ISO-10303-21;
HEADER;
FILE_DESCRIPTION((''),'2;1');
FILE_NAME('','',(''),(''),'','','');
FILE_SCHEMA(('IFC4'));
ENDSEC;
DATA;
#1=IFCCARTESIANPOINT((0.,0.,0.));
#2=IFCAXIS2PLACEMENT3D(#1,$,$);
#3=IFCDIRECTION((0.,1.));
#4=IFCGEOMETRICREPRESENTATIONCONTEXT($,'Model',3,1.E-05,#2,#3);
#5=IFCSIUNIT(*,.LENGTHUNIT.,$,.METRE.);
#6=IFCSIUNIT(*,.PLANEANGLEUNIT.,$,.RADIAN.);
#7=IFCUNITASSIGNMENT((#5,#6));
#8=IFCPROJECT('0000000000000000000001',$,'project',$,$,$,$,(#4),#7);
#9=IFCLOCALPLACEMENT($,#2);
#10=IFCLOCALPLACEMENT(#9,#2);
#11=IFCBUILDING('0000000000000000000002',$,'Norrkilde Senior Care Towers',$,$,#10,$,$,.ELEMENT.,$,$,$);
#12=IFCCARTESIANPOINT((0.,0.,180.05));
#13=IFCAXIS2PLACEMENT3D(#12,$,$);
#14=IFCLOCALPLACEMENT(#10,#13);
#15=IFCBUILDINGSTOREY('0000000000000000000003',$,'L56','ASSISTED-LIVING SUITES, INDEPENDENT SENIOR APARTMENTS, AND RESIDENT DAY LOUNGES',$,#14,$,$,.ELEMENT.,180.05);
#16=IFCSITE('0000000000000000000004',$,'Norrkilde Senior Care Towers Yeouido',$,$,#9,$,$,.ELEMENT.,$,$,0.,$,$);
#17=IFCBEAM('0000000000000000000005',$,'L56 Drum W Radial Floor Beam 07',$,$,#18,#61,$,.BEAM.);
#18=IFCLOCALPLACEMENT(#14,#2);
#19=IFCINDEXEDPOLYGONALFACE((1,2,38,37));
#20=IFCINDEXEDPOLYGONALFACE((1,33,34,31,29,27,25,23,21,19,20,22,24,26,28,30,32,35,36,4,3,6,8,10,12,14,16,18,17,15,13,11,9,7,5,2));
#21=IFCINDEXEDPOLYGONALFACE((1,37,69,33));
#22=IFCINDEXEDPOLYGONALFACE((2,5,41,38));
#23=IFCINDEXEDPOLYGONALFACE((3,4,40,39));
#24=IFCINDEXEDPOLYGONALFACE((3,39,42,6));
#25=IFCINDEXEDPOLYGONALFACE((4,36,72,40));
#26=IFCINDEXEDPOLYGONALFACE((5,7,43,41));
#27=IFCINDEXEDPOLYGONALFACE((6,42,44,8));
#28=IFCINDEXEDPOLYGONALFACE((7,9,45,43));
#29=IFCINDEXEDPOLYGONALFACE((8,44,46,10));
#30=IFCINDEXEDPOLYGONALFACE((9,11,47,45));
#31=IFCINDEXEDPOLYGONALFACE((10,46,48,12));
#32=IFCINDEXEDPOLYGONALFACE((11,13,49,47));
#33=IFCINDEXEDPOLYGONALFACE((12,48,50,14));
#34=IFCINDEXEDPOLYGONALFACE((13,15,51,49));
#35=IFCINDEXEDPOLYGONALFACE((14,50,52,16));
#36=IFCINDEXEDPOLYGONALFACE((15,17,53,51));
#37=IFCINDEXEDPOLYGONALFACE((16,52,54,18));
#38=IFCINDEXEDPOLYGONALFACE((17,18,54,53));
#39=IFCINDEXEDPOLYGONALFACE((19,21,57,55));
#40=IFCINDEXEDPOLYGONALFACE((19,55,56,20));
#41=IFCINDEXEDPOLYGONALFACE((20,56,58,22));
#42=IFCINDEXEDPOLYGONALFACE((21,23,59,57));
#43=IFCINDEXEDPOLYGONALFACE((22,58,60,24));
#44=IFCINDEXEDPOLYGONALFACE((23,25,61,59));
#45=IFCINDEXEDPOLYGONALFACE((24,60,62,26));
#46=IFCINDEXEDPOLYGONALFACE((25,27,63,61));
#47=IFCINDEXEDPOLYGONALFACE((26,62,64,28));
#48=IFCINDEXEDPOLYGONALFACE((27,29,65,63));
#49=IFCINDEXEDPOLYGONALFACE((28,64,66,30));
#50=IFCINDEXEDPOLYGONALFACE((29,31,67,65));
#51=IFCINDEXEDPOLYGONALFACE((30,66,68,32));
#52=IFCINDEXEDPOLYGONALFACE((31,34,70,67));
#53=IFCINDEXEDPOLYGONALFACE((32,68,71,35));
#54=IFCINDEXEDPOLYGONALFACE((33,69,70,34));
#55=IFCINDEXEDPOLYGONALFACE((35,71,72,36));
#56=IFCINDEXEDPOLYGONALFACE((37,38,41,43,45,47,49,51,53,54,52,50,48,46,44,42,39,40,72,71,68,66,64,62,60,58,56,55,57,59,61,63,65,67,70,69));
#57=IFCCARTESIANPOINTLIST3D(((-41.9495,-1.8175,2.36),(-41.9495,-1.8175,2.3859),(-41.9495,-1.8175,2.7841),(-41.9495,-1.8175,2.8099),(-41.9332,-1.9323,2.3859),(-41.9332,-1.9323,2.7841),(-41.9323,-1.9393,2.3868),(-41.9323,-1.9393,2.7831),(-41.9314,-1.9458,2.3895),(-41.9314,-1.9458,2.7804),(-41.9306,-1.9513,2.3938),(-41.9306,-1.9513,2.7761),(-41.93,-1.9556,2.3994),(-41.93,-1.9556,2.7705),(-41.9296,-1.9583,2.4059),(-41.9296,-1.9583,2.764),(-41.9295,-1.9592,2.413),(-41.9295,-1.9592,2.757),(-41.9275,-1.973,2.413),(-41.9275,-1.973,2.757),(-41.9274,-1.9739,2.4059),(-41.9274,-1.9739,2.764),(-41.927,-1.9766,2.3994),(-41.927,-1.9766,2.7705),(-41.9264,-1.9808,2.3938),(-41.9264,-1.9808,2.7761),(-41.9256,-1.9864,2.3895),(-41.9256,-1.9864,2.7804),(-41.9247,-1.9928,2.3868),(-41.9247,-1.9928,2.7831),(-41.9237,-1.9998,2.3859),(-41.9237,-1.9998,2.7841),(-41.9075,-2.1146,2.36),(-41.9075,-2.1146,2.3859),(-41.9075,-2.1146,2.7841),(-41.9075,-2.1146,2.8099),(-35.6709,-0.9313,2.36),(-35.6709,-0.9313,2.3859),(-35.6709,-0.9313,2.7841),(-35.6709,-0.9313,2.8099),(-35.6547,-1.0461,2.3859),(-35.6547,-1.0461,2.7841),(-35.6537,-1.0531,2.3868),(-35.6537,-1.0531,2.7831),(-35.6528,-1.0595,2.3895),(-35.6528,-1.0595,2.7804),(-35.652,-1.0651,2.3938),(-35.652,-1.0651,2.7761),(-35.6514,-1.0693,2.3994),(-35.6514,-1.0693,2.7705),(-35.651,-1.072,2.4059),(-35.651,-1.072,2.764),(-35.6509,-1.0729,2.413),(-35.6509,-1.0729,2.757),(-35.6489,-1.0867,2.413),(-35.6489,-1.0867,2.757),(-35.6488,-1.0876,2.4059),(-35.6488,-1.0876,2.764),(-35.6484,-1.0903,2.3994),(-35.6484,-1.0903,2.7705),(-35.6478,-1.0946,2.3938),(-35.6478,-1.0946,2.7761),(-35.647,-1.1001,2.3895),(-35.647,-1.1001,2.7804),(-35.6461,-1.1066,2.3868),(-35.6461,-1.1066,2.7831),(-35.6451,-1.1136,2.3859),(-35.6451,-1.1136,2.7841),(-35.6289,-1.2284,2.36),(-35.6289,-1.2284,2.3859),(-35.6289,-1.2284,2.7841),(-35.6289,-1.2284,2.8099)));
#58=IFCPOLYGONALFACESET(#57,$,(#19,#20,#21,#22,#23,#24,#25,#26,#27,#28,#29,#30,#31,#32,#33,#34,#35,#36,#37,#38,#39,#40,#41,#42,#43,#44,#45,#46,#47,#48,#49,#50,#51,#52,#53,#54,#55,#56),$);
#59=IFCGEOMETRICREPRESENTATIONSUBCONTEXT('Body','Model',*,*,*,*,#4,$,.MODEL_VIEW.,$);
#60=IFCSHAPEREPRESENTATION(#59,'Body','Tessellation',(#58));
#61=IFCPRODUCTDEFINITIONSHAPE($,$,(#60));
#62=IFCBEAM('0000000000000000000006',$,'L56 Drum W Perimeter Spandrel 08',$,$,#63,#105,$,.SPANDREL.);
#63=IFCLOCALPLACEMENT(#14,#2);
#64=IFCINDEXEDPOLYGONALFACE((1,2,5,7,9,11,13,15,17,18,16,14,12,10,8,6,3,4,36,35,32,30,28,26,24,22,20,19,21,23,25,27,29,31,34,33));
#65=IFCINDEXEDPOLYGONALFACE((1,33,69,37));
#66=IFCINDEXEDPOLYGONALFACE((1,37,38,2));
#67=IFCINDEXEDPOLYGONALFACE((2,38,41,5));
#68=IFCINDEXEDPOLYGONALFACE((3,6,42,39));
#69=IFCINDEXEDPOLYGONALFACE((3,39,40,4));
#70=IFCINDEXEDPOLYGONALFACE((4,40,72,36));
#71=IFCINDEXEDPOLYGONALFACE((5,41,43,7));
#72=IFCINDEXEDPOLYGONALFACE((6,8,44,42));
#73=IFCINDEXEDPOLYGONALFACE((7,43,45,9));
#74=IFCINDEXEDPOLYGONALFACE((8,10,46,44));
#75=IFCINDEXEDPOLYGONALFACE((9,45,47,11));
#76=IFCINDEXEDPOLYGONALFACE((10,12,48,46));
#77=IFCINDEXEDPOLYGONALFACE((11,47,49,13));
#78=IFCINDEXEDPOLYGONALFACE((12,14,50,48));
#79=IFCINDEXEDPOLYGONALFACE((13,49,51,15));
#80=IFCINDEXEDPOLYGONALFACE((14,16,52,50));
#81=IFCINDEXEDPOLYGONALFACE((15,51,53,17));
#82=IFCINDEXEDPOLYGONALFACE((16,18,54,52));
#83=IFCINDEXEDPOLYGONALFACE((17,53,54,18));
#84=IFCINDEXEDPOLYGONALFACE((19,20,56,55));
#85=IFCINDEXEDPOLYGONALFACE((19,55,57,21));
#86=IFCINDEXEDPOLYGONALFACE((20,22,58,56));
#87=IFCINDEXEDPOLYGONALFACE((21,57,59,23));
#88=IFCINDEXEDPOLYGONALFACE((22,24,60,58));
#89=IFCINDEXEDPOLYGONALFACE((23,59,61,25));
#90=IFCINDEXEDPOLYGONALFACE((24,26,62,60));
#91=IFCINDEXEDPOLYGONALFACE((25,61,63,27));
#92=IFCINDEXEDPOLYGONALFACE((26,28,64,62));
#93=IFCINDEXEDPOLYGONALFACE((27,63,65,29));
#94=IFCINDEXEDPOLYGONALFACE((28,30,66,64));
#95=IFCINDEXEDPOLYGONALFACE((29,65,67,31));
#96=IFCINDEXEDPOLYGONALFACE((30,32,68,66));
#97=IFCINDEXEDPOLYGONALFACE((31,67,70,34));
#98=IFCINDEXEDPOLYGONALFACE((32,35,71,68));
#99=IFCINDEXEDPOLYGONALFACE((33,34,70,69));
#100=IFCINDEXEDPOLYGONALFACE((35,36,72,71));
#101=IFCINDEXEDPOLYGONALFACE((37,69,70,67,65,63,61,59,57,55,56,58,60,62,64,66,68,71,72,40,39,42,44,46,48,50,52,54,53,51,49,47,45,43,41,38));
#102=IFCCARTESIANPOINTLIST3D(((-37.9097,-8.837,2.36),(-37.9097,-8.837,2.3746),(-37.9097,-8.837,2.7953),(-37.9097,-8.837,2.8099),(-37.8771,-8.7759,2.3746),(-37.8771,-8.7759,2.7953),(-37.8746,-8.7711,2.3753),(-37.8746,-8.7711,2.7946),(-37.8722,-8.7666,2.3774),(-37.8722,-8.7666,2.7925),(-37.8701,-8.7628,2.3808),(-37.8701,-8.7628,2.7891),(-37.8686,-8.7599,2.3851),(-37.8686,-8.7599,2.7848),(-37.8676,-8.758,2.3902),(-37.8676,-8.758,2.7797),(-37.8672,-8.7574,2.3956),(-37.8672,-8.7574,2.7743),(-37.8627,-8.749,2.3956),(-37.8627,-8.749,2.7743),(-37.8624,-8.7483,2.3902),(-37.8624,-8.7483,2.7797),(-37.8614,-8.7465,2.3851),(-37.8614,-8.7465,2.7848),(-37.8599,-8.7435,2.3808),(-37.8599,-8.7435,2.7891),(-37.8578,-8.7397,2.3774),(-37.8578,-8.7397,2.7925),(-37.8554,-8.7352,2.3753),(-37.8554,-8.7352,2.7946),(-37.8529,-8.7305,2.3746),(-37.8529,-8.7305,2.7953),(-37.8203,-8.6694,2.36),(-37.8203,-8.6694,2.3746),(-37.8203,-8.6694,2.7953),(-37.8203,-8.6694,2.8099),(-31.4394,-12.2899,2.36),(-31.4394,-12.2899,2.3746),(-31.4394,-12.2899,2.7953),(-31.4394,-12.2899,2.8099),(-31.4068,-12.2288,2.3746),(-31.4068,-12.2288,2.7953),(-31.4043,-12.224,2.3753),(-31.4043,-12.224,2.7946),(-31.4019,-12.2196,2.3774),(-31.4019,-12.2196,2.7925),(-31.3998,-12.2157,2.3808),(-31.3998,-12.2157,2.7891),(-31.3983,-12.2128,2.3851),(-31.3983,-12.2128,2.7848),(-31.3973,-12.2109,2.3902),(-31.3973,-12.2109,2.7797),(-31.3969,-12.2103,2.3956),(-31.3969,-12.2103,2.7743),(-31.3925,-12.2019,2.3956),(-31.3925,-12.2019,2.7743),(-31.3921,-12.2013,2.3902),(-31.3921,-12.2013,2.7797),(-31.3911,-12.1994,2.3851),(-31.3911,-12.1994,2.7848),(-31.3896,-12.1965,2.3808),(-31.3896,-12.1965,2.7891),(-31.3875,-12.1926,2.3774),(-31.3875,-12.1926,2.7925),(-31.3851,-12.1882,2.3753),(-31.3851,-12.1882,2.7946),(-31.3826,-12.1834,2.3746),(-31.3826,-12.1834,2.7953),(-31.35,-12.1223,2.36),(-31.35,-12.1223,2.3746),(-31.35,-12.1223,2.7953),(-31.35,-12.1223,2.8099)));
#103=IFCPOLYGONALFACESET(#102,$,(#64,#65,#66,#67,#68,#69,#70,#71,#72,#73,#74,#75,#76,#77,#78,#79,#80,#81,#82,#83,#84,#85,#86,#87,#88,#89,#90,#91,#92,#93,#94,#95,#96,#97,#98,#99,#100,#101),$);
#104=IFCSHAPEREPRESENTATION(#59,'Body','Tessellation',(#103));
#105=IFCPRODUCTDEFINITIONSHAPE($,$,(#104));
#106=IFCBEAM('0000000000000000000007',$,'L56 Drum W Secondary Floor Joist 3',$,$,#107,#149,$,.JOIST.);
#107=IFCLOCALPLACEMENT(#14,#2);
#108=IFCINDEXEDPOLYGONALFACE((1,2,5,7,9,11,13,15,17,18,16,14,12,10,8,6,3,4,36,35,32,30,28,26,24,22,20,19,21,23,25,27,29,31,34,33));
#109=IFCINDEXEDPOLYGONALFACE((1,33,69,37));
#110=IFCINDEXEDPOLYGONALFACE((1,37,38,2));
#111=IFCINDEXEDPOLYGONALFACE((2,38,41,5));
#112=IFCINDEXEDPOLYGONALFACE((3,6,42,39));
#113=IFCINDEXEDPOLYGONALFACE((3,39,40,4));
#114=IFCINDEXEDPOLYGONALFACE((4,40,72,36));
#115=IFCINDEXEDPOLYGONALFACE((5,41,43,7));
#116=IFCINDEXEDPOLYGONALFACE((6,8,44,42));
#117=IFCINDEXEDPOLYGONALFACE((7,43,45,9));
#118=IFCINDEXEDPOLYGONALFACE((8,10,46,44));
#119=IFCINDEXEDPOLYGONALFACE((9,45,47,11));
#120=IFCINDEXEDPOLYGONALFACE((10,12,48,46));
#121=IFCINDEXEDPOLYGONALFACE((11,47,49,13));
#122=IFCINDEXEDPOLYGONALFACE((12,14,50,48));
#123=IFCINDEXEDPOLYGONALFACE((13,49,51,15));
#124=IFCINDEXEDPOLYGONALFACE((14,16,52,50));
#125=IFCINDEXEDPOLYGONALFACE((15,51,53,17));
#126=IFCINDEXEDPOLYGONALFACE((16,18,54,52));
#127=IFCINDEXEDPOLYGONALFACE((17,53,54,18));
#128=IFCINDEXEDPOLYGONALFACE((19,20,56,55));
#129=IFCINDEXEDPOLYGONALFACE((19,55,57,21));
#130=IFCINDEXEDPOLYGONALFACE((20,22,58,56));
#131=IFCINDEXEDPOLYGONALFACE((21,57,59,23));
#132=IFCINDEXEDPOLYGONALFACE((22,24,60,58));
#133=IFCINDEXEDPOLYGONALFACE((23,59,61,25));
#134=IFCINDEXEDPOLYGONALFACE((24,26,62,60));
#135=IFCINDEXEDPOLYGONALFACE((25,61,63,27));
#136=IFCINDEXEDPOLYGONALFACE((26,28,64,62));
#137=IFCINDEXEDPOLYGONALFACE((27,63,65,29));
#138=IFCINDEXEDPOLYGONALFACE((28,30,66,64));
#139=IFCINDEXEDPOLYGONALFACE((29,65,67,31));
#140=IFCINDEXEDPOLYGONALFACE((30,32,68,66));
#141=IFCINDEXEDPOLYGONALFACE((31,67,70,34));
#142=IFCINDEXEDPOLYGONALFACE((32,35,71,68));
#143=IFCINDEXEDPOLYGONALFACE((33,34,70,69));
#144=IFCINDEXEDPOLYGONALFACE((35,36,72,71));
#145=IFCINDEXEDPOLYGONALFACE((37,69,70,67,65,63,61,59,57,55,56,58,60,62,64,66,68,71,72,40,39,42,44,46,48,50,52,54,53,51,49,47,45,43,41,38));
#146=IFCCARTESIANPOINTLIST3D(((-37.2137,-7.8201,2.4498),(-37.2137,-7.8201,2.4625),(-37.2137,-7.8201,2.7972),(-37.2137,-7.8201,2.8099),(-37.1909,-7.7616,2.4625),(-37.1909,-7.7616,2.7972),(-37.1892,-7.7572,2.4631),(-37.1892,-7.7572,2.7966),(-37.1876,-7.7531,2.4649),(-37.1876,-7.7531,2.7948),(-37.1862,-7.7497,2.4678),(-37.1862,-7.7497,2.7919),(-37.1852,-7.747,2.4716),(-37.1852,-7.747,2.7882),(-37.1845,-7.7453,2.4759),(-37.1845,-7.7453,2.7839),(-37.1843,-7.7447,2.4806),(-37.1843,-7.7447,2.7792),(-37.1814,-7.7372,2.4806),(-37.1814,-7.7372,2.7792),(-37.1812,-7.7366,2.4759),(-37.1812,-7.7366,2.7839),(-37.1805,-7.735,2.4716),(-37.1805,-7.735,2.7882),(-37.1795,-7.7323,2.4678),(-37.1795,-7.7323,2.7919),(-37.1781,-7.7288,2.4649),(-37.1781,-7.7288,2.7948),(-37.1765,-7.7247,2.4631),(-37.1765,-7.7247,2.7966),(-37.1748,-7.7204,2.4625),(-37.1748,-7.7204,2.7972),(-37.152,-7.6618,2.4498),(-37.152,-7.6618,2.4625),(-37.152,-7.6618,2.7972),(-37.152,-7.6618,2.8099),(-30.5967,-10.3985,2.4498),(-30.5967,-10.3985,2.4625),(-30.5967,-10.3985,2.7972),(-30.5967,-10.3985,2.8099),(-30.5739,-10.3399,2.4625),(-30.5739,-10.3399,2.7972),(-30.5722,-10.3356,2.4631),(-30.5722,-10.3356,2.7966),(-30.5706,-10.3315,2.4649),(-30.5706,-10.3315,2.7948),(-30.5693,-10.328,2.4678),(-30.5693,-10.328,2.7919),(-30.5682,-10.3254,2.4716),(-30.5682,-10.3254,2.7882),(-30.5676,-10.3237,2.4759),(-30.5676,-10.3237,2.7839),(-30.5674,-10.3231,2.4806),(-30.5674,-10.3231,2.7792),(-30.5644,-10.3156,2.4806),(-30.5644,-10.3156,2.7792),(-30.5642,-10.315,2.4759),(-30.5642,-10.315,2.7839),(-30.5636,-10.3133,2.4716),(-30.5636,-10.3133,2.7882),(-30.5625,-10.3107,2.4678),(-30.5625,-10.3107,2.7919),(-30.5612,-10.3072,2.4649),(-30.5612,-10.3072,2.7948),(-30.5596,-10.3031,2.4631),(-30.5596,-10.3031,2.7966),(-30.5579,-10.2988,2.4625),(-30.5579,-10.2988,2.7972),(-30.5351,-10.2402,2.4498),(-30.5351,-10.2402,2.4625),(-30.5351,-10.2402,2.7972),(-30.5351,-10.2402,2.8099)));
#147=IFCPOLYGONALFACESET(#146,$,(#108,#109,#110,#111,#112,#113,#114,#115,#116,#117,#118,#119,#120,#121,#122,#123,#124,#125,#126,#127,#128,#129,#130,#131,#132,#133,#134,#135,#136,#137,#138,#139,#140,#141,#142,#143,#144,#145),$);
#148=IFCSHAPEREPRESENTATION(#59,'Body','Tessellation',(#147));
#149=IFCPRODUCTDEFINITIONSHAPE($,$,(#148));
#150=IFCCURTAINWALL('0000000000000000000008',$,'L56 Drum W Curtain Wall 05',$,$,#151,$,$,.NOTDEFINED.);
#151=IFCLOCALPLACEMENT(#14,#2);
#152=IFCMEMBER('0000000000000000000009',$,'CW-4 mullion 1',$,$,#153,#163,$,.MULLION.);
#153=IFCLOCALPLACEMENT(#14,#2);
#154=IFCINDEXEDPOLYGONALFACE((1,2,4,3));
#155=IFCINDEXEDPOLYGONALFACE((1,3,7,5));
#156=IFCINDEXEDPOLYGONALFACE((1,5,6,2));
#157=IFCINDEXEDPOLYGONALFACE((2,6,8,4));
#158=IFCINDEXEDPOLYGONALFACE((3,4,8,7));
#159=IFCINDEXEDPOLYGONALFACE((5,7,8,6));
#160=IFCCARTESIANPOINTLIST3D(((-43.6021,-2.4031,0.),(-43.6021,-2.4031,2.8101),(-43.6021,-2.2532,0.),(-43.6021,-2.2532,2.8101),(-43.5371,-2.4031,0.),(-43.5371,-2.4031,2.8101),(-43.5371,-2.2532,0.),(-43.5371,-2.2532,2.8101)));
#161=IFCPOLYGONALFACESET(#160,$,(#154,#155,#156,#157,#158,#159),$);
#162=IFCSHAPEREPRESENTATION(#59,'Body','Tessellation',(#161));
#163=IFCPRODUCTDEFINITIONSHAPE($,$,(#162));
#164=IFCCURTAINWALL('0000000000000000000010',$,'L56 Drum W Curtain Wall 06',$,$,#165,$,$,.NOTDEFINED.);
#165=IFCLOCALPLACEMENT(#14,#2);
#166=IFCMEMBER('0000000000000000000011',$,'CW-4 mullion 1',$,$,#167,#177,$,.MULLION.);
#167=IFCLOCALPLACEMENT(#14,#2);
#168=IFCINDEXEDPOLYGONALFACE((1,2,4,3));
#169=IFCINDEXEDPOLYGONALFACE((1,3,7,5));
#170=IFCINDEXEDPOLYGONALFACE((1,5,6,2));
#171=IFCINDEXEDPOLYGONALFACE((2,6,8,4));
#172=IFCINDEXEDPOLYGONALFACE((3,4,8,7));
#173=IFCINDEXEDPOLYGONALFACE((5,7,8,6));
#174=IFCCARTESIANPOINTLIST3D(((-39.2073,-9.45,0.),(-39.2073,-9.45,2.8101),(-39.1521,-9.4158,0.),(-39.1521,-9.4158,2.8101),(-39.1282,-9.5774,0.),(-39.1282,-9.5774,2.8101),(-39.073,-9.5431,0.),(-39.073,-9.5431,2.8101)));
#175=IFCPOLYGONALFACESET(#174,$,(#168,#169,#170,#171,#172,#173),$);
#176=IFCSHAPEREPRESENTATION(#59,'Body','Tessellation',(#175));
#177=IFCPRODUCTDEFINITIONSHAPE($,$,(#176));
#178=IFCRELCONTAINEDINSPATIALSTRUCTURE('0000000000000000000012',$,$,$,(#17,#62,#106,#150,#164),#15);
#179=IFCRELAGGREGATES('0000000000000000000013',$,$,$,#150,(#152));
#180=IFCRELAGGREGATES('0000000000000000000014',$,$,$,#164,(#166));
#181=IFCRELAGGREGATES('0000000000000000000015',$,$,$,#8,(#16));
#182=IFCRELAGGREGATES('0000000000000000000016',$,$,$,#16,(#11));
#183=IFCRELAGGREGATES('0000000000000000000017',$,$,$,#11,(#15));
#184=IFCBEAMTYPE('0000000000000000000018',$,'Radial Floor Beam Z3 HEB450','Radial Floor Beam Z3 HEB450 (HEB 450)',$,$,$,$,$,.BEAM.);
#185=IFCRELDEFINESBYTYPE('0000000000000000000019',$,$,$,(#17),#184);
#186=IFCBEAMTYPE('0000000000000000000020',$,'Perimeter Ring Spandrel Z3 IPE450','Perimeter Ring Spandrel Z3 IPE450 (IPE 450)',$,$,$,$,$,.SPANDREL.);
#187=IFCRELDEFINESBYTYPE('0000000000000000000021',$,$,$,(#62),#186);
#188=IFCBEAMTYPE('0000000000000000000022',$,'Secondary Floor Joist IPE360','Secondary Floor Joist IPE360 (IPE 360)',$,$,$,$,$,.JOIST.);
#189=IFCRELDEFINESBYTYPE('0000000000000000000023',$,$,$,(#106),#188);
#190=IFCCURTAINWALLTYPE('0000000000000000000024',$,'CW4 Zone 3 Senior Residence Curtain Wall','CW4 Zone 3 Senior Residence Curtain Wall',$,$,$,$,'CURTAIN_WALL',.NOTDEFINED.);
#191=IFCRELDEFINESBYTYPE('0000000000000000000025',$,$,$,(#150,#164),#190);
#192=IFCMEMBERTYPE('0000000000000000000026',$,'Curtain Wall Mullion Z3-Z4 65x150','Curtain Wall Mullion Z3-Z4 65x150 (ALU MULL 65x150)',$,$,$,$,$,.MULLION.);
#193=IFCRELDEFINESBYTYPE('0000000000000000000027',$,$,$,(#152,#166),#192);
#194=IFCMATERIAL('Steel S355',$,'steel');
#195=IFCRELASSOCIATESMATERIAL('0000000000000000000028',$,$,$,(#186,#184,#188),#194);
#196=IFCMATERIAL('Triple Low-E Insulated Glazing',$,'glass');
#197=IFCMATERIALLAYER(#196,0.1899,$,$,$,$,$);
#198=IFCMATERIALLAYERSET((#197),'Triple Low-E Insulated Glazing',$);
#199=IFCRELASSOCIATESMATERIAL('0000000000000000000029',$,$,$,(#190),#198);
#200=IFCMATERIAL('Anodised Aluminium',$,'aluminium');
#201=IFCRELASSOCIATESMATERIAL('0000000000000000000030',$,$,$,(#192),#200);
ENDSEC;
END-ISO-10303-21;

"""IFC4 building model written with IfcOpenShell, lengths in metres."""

from ifc_helpers import new_model, si_unit, direction, frame, origin, origin_2d, place, context, subcontext, project, spatial, rectangle, i_section, extrude, source, transform, mapped, material, layer, layer_set, material_profile, profile_set, type_object, type_shapes, element, aggregate, save


model = new_model("IFC4")

# Units and contexts
model_context = context("Model", 3, precision=1e-05, world=origin(), true_north=direction((0.0, 1.0)))
body_context = subcontext(model_context, "Body", "Model", "MODEL_VIEW")
ifc_project = project(units=[si_unit("LENGTHUNIT", "METRE"), si_unit("PLANEANGLEUNIT", "RADIAN")], contexts=[model_context])

# Site, building, storey
site_placement = place(None, origin())
site = spatial("IfcSite", under=ifc_project, at=site_placement, Name="Norrkilde Senior Care Towers Yeouido", CompositionType="ELEMENT", RefElevation=0.0)
building_placement = place(site_placement, origin())
building = spatial("IfcBuilding", under=site, at=building_placement, Name="Norrkilde Senior Care Towers", CompositionType="ELEMENT")
storey_placement = place(building_placement, frame((0.0, 0.0, 180.05)))
storey = spatial("IfcBuildingStorey", under=building, at=storey_placement, Name="L56", Description="ASSISTED-LIVING SUITES, INDEPENDENT SENIOR APARTMENTS, AND RESIDENT DAY LOUNGES", CompositionType="ELEMENT", Elevation=180.05)

# Beams
ifc_material_1 = material(Name="Steel S355", Category="steel")
ifc_material_profile_1 = material_profile(ifc_material_1, i_section(OverallWidth=0.1899, OverallDepth=0.45, WebThickness=0.0095, FlangeThickness=0.0146, FilletRadius=0.021, at=origin_2d()), Name="IPE 450")
ifc_profile_set_1 = profile_set([ifc_material_profile_1], Name="Steel S355")
beam_type_1 = type_object("IfcBeamType", Name="Perimeter Ring Spandrel Z3 IPE450", Description="Perimeter Ring Spandrel Z3 IPE450 (IPE 450)", PredefinedType="SPANDREL", material=ifc_profile_set_1)
ifc_material_profile_2 = material_profile(ifc_material_1, i_section(OverallWidth=0.3, OverallDepth=0.45, WebThickness=0.0139, FlangeThickness=0.0259, FilletRadius=0.0271, at=origin_2d()), Name="HEB 450")
ifc_profile_set_2 = profile_set([ifc_material_profile_2], Name="Steel S355")
beam_type_2 = type_object("IfcBeamType", Name="Radial Floor Beam Z3 HEB450", Description="Radial Floor Beam Z3 HEB450 (HEB 450)", PredefinedType="BEAM", material=ifc_profile_set_2)
shared_shape_1 = source(origin(), body_context, "Body", "SweptSolid", [
    extrude(i_section(OverallWidth=0.3, OverallDepth=0.45, WebThickness=0.0139, FlangeThickness=0.0259, FilletRadius=0.0271, at=origin_2d()), origin(), (0.0, 0.0, 1.0), 6.3408),
])
type_shapes(beam_type_2, [shared_shape_1])
beam_1_placement = place(storey_placement, frame((-35.6499, -1.0798, 2.585), z_axis=(-0.990185, -0.139766, 0.0), x_axis=(0.139766, -0.990185, 0.0)))
element("IfcBeam", 1, at=beam_1_placement, inside=storey, type_object=beam_type_2, Name="L56 Drum W Radial Floor Beam 07", PredefinedType="BEAM", context=body_context, shape_type="MappedRepresentation", body=[
    mapped(shared_shape_1, transform((0.0, 0.0, 0.0), x_axis=(1.0, 0.0, 0.0), y_axis=(0.0, 1.0, 0.0), z_axis=(0.0, 0.0, 1.0), scale=1.0)),
])
shared_shape_2 = source(origin(), body_context, "Body", "SweptSolid", [
    extrude(i_section(OverallWidth=0.1899, OverallDepth=0.45, WebThickness=0.0095, FlangeThickness=0.0146, FilletRadius=0.021, at=origin_2d()), origin(), (0.0, 0.0, 1.0), 7.334),
])
beam_2_placement = place(storey_placement, frame((-37.865, -8.7532, 2.585), z_axis=(0.882234, -0.470811, 0.0), x_axis=(0.470811, 0.882234, 0.0)))
element("IfcBeam", 2, at=beam_2_placement, inside=storey, type_object=beam_type_1, Name="L56 Drum W Perimeter Spandrel 08", PredefinedType="SPANDREL", context=body_context, shape_type="MappedRepresentation", body=[
    mapped(shared_shape_2, transform((0.0, 0.0, 0.0), x_axis=(1.0, 0.0, 0.0), y_axis=(0.0, 1.0, 0.0), z_axis=(0.0, 0.0, 1.0), scale=1.0)),
])
ifc_material_profile_3 = material_profile(ifc_material_1, i_section(OverallWidth=0.1699, OverallDepth=0.3601, WebThickness=0.0081, FlangeThickness=0.0127, FilletRadius=0.0181, at=origin_2d()), Name="IPE 360")
ifc_profile_set_3 = profile_set([ifc_material_profile_3], Name="Steel S355")
beam_type_3 = type_object("IfcBeamType", Name="Secondary Floor Joist IPE360", Description="Secondary Floor Joist IPE360 (IPE 360)", PredefinedType="JOIST", material=ifc_profile_set_3)
shared_shape_3 = source(origin(), body_context, "Body", "SweptSolid", [
    extrude(i_section(OverallWidth=0.1699, OverallDepth=0.3601, WebThickness=0.0081, FlangeThickness=0.0127, FilletRadius=0.0181, at=origin_2d()), origin(), (0.0, 0.0, 1.0), 7.1016),
])
type_shapes(beam_type_3, [shared_shape_3])
beam_3_placement = place(storey_placement, frame((-37.1829, -7.741, 2.6299), z_axis=(0.931761, -0.363072, 0.0), x_axis=(0.363072, 0.931761, 0.0)))
element("IfcBeam", 3, at=beam_3_placement, inside=storey, type_object=beam_type_3, Name="L56 Drum W Secondary Floor Joist 3", PredefinedType="JOIST", context=body_context, shape_type="MappedRepresentation", body=[
    mapped(shared_shape_3, transform((0.0, 0.0, 0.0), x_axis=(1.0, 0.0, 0.0), y_axis=(0.0, 1.0, 0.0), z_axis=(0.0, 0.0, 1.0), scale=1.0)),
])

# Curtain wall, member
ifc_material_2 = material(Name="Triple Low-E Insulated Glazing", Category="glass")
ifc_layer_1 = layer(ifc_material_2, 0.1899)
ifc_layer_set_1 = layer_set([ifc_layer_1], Name="Triple Low-E Insulated Glazing")
curtain_wall_type = type_object("IfcCurtainWallType", Name="CW4 Zone 3 Senior Residence Curtain Wall", Description="CW4 Zone 3 Senior Residence Curtain Wall", ElementType="CURTAIN_WALL", PredefinedType="NOTDEFINED", material=ifc_layer_set_1)
curtain_wall_1_placement = place(storey_placement, origin())
curtain_wall_1 = element("IfcCurtainWall", 4, at=curtain_wall_1_placement, inside=storey, type_object=curtain_wall_type, Name="L56 Drum W Curtain Wall 05", PredefinedType="NOTDEFINED")
ifc_material_3 = material(Name="Anodised Aluminium", Category="aluminium")
ifc_material_profile_4 = material_profile(ifc_material_3, rectangle(XDim=0.0649, YDim=0.1499, at=origin_2d()), Name="ALU MULL 65x150")
ifc_profile_set_4 = profile_set([ifc_material_profile_4], Name="Anodised Aluminium")
member_type_1 = type_object("IfcMemberType", Name="Curtain Wall Mullion Z3-Z4 65x150", Description="Curtain Wall Mullion Z3-Z4 65x150 (ALU MULL 65x150)", PredefinedType="MULLION", material=ifc_profile_set_4)
shared_shape_4 = source(origin(), body_context, "Body", "SweptSolid", [
    extrude(rectangle(XDim=0.0649, YDim=0.1499, at=origin_2d()), origin(), (0.0, 0.0, 1.0), 2.8101),
])
type_shapes(member_type_1, [shared_shape_4])
member_1_placement = place(storey_placement, frame((-43.5696, -2.3281, 0.0), z_axis=(0.0, 0.0, 1.0), x_axis=(-1.0, 0.0, 0.0)))
member_1 = element("IfcMember", 5, at=member_1_placement, type_object=member_type_1, Name="CW-4 mullion 1", PredefinedType="MULLION", context=body_context, shape_type="MappedRepresentation", body=[
    mapped(shared_shape_4, transform((0.0, 0.0, 0.0), x_axis=(1.0, 0.0, 0.0), y_axis=(0.0, 1.0, 0.0), z_axis=(0.0, 0.0, 1.0), scale=1.0)),
])

# Curtain wall, member
curtain_wall_2_placement = place(storey_placement, origin())
curtain_wall_2 = element("IfcCurtainWall", 6, at=curtain_wall_2_placement, inside=storey, type_object=curtain_wall_type, Name="L56 Drum W Curtain Wall 06", PredefinedType="NOTDEFINED")
member_2_placement = place(storey_placement, frame((-39.1401, -9.4966, 0.0), z_axis=(0.0, 0.0, 1.0), x_axis=(-0.849634, -0.527373, 0.0)))
member_2 = element("IfcMember", 7, at=member_2_placement, type_object=member_type_1, Name="CW-4 mullion 1", PredefinedType="MULLION", context=body_context, shape_type="MappedRepresentation", body=[
    mapped(shared_shape_4, transform((0.0, 0.0, 0.0), x_axis=(1.0, 0.0, 0.0), y_axis=(0.0, 1.0, 0.0), z_axis=(0.0, 0.0, 1.0), scale=1.0)),
])

aggregate(curtain_wall_1, [member_1])

aggregate(curtain_wall_2, [member_2])

save(model, "model.ifc")
